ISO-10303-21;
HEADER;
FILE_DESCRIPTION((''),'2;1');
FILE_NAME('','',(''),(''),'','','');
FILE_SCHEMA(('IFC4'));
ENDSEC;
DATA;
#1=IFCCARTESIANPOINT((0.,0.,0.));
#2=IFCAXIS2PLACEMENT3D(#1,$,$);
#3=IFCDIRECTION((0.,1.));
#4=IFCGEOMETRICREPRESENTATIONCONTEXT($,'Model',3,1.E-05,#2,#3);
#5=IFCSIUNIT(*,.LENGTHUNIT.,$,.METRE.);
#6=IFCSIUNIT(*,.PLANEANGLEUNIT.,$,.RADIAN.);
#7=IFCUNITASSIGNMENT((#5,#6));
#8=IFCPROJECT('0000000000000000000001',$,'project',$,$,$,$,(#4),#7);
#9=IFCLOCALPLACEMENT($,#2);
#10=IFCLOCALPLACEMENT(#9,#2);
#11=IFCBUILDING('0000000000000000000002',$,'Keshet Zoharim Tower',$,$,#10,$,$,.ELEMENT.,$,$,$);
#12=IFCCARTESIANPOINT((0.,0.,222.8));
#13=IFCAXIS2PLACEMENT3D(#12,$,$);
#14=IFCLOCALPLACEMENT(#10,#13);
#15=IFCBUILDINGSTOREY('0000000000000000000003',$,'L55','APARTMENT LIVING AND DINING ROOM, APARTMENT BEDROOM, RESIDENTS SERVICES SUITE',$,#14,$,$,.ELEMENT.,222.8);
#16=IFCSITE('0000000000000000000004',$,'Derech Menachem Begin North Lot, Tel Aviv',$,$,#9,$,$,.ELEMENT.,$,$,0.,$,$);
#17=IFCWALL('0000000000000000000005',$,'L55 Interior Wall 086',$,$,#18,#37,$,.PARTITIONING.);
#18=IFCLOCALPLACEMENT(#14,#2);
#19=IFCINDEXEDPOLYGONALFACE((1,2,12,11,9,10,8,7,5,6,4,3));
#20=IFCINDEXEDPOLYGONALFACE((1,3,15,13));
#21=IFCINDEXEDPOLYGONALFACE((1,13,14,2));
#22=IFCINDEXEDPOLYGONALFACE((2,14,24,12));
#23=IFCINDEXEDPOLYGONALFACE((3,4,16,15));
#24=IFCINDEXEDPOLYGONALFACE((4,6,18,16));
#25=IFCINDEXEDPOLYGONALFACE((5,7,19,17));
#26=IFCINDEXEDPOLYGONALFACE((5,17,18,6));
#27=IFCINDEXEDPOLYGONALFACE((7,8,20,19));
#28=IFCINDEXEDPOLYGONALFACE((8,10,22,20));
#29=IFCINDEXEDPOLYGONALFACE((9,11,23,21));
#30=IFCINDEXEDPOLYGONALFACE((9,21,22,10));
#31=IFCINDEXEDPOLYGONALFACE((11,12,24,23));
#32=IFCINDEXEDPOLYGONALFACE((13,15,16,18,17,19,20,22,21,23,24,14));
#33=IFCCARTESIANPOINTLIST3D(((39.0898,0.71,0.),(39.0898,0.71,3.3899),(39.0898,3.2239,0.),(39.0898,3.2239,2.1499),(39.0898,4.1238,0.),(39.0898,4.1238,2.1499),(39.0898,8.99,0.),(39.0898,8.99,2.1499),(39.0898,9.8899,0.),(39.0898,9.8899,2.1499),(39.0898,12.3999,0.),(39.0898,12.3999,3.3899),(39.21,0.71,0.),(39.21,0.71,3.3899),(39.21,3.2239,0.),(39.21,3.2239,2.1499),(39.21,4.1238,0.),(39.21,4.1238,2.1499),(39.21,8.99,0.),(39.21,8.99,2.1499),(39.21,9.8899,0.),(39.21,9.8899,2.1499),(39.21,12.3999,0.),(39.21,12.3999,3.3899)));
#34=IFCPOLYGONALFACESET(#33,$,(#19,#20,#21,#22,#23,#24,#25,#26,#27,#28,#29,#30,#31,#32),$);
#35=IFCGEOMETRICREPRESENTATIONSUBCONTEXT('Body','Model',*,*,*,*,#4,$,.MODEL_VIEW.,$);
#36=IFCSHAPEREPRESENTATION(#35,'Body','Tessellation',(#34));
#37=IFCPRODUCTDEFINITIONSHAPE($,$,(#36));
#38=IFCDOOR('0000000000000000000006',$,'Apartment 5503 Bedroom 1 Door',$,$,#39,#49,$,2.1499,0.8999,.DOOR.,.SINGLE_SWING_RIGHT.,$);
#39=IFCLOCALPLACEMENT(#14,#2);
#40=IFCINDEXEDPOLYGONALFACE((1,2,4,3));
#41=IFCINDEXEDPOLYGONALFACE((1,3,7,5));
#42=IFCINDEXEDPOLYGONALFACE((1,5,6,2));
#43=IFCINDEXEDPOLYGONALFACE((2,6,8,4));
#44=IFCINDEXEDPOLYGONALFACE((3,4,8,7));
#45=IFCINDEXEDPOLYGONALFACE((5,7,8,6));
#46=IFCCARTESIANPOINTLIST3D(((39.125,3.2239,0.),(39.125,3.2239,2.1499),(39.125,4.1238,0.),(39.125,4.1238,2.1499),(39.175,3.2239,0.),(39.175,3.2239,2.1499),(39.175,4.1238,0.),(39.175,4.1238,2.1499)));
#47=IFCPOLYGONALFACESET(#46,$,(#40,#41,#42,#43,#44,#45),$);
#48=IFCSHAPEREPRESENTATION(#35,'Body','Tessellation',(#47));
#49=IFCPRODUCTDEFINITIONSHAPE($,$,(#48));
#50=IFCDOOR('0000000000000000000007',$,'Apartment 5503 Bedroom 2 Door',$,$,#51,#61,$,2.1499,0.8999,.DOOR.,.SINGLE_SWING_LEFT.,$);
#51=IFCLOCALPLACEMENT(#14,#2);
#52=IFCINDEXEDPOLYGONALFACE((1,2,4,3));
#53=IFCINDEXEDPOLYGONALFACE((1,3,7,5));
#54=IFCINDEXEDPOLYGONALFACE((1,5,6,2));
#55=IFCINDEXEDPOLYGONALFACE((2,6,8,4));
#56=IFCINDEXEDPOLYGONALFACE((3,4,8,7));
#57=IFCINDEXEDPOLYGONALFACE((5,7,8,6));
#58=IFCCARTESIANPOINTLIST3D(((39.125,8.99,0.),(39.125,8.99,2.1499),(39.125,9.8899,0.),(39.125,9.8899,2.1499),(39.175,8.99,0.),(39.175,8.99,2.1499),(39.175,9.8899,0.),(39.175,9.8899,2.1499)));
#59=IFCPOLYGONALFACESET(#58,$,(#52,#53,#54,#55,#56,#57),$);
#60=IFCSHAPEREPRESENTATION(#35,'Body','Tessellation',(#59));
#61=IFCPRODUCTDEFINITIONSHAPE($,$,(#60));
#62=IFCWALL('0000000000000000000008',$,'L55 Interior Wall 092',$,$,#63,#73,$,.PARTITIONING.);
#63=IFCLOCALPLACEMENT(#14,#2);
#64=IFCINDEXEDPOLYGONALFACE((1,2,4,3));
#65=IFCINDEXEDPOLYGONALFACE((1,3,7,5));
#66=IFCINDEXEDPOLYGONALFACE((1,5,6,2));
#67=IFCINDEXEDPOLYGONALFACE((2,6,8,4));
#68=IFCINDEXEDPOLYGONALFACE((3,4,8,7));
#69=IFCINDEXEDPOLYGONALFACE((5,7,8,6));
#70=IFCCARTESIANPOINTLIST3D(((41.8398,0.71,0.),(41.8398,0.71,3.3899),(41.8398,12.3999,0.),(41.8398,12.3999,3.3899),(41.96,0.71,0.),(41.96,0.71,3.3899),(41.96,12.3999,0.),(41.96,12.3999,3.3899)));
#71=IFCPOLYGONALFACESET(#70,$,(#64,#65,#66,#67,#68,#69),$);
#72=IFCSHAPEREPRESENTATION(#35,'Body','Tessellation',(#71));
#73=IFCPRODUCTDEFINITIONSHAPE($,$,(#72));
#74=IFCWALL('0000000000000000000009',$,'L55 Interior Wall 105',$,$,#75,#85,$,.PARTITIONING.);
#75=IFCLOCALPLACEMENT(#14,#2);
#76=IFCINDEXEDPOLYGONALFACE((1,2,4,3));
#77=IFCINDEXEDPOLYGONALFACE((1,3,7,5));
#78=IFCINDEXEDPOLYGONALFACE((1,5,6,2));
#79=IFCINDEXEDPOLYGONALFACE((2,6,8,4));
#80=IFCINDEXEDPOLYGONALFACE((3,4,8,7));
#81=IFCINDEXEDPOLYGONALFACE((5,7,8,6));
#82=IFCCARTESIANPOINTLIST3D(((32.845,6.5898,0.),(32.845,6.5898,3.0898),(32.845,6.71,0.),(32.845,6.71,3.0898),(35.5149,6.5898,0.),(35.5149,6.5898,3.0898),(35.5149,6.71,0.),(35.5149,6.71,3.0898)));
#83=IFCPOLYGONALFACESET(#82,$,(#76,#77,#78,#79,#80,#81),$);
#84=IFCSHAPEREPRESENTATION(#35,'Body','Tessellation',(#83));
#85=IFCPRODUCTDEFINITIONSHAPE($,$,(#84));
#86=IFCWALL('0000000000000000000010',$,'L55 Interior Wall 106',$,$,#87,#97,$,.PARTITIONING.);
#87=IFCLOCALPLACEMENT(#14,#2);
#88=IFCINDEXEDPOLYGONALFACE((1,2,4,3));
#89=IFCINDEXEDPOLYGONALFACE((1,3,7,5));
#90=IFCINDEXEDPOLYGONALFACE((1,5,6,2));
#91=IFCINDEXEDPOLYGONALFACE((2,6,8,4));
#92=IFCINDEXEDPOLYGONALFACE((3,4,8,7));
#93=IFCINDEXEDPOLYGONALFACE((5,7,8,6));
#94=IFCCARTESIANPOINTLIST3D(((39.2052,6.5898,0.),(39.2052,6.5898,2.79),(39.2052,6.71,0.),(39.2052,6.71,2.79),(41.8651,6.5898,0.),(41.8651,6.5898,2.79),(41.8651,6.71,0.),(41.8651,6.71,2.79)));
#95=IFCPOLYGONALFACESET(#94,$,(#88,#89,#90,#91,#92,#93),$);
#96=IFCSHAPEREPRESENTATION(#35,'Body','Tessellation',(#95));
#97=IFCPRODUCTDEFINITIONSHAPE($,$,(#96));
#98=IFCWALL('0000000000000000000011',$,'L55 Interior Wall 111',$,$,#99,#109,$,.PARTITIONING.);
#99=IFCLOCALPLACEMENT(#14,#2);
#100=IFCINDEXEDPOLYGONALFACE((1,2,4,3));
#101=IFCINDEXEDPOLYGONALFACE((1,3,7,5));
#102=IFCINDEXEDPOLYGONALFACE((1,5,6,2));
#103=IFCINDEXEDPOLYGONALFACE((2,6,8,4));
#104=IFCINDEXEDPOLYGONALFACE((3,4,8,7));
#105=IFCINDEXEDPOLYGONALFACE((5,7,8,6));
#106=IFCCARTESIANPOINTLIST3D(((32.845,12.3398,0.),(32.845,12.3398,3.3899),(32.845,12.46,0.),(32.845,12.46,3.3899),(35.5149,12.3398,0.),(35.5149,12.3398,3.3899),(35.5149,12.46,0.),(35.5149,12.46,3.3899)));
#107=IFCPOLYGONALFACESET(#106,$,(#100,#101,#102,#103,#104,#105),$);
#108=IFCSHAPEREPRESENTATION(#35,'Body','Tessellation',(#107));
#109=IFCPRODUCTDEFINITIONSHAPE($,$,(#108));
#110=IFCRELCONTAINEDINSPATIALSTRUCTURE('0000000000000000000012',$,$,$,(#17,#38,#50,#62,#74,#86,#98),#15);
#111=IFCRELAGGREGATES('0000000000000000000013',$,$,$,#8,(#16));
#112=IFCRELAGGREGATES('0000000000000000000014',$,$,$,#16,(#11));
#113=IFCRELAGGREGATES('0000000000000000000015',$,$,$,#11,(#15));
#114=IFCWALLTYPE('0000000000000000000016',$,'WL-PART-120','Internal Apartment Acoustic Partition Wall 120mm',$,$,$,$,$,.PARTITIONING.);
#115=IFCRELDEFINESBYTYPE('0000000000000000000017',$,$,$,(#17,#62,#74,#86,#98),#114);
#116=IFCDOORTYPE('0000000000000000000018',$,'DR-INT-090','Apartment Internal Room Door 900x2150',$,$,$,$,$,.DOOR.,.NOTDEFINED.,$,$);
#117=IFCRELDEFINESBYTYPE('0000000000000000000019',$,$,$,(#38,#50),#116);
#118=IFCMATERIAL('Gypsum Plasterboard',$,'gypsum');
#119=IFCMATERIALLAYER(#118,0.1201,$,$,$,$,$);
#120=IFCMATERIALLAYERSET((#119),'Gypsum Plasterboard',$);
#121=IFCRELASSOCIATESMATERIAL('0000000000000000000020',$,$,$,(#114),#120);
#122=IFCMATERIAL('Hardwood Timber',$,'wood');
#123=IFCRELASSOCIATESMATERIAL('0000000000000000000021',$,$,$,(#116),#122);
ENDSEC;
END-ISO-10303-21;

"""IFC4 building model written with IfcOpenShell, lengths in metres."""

from ifc_helpers import new_model, si_unit, direction, frame, frame_2d, origin, place, context, subcontext, project, spatial, rectangle, extrude, material, layer, layer_set, type_object, element, fill, save


model = new_model("IFC4")

# Units and contexts
model_context = context("Model", 3, precision=1e-05, world=origin(), true_north=direction((0.0, 1.0)))
body_context = subcontext(model_context, "Body", "Model", "MODEL_VIEW")
ifc_project = project(units=[si_unit("LENGTHUNIT", "METRE"), si_unit("PLANEANGLEUNIT", "RADIAN")], contexts=[model_context])

# Site, building, storey
site_placement = place(None, origin())
site = spatial("IfcSite", under=ifc_project, at=site_placement, Name="Derech Menachem Begin North Lot, Tel Aviv", CompositionType="ELEMENT", RefElevation=0.0)
building_placement = place(site_placement, origin())
building = spatial("IfcBuilding", under=site, at=building_placement, Name="Keshet Zoharim Tower", CompositionType="ELEMENT")
storey_placement = place(building_placement, frame((0.0, 0.0, 222.8)))
storey = spatial("IfcBuildingStorey", under=building, at=storey_placement, Name="L55", Description="APARTMENT LIVING AND DINING ROOM, APARTMENT BEDROOM, RESIDENTS SERVICES SUITE", CompositionType="ELEMENT", Elevation=222.8)

# Shared definitions
ifc_material_1 = material(Name="Gypsum Plasterboard", Category="gypsum")
ifc_layer_1 = layer(ifc_material_1, 0.1201)
ifc_layer_set_1 = layer_set([ifc_layer_1], Name="Gypsum Plasterboard")
wall_type = type_object("IfcWallType", Name="WL-PART-120", Description="Internal Apartment Acoustic Partition Wall 120mm", PredefinedType="PARTITIONING", material=ifc_layer_set_1)

# Shared definitions
ifc_material_2 = material(Name="Hardwood Timber", Category="wood")
door_type = type_object("IfcDoorType", Name="DR-INT-090", Description="Apartment Internal Room Door 900x2150", OperationType="NOTDEFINED", PredefinedType="DOOR", material=ifc_material_2)

# Wall, openings, doors
wall_1_placement = place(storey_placement, frame((39.1499, 0.71, 0.0), z_axis=(0.0, 0.0, 1.0), x_axis=(0.0, 1.0, 0.0)))
wall_1 = element("IfcWall", 1, at=wall_1_placement, inside=storey, type_object=wall_type, Name="L55 Interior Wall 086", PredefinedType="PARTITIONING", context=body_context, shape_type="SweptSolid", body=[
    extrude(rectangle(XDim=11.6899, YDim=0.1201, at=frame_2d((5.845, 0.0))), origin(), (0.0, 0.0, 1.0), 3.3899),
])
opening_1_placement = place(wall_1_placement, frame((2.5139, 0.0, 0.0)))
opening_1 = element("IfcOpeningElement", 2, at=opening_1_placement, cuts=wall_1, PredefinedType="OPENING", context=body_context, shape_type="SweptSolid", body=[
    extrude(rectangle(XDim=0.8999, YDim=2.1499, at=frame_2d((0.45, 1.075))), frame((0.0, 0.0701, 0.0), z_axis=(0.0, -1.0, 0.0), x_axis=(1.0, 0.0, 0.0)), (0.0, 0.0, 1.0), 0.1401),
])
opening_2_placement = place(wall_1_placement, frame((8.28, 0.0, 0.0)))
opening_2 = element("IfcOpeningElement", 3, at=opening_2_placement, cuts=wall_1, PredefinedType="OPENING", context=body_context, shape_type="SweptSolid", body=[
    extrude(rectangle(XDim=0.8999, YDim=2.1499, at=frame_2d((0.45, 1.075))), frame((0.0, 0.0701, 0.0), z_axis=(0.0, -1.0, 0.0), x_axis=(1.0, 0.0, 0.0)), (0.0, 0.0, 1.0), 0.1401),
])
door_1_placement = place(opening_1_placement, origin())
door_1 = element("IfcDoor", 4, at=door_1_placement, inside=storey, type_object=door_type, Name="Apartment 5503 Bedroom 1 Door", OperationType="SINGLE_SWING_RIGHT", OverallHeight=2.1499, OverallWidth=0.8999, PredefinedType="DOOR", context=body_context, shape_type="SweptSolid", body=[
    extrude(rectangle(XDim=0.8999, YDim=2.1499, at=frame_2d((0.45, 1.075))), frame((0.0, 0.0249, 0.0), z_axis=(0.0, -1.0, 0.0), x_axis=(1.0, 0.0, 0.0)), (0.0, 0.0, 1.0), 0.05),
])
fill(opening_1, door_1)
door_2_placement = place(opening_2_placement, origin())
door_2 = element("IfcDoor", 5, at=door_2_placement, inside=storey, type_object=door_type, Name="Apartment 5503 Bedroom 2 Door", OperationType="SINGLE_SWING_LEFT", OverallHeight=2.1499, OverallWidth=0.8999, PredefinedType="DOOR", context=body_context, shape_type="SweptSolid", body=[
    extrude(rectangle(XDim=0.8999, YDim=2.1499, at=frame_2d((0.45, 1.075))), frame((0.0, 0.0249, 0.0), z_axis=(0.0, -1.0, 0.0), x_axis=(1.0, 0.0, 0.0)), (0.0, 0.0, 1.0), 0.05),
])
fill(opening_2, door_2)

# Walls
wall_2_placement = place(storey_placement, frame((41.8999, 0.71, 0.0), z_axis=(0.0, 0.0, 1.0), x_axis=(0.0, 1.0, 0.0)))
element("IfcWall", 6, at=wall_2_placement, inside=storey, type_object=wall_type, Name="L55 Interior Wall 092", PredefinedType="PARTITIONING", context=body_context, shape_type="SweptSolid", body=[
    extrude(rectangle(XDim=11.6899, YDim=0.1201, at=frame_2d((5.845, 0.0))), origin(), (0.0, 0.0, 1.0), 3.3899),
])
wall_3_placement = place(storey_placement, frame((32.845, 6.6499, 0.0), z_axis=(0.0, 0.0, 1.0), x_axis=(1.0, 0.0, 0.0)))
element("IfcWall", 7, at=wall_3_placement, inside=storey, type_object=wall_type, Name="L55 Interior Wall 105", PredefinedType="PARTITIONING", context=body_context, shape_type="SweptSolid", body=[
    extrude(rectangle(XDim=2.6699, YDim=0.1201, at=frame_2d((1.335, 0.0))), origin(), (0.0, 0.0, 1.0), 3.0898),
])
wall_4_placement = place(storey_placement, frame((39.2051, 6.6499, 0.0), z_axis=(0.0, 0.0, 1.0), x_axis=(1.0, 0.0, 0.0)))
element("IfcWall", 8, at=wall_4_placement, inside=storey, type_object=wall_type, Name="L55 Interior Wall 106", PredefinedType="PARTITIONING", context=body_context, shape_type="SweptSolid", body=[
    extrude(rectangle(XDim=2.6599, YDim=0.1201, at=frame_2d((1.3301, 0.0))), origin(), (0.0, 0.0, 1.0), 2.79),
])
wall_5_placement = place(storey_placement, frame((32.845, 12.3999, 0.0), z_axis=(0.0, 0.0, 1.0), x_axis=(1.0, 0.0, 0.0)))
element("IfcWall", 9, at=wall_5_placement, inside=storey, type_object=wall_type, Name="L55 Interior Wall 111", PredefinedType="PARTITIONING", context=body_context, shape_type="SweptSolid", body=[
    extrude(rectangle(XDim=2.6699, YDim=0.1201, at=frame_2d((1.335, 0.0))), origin(), (0.0, 0.0, 1.0), 3.3899),
])

save(model, "model.ifc")
